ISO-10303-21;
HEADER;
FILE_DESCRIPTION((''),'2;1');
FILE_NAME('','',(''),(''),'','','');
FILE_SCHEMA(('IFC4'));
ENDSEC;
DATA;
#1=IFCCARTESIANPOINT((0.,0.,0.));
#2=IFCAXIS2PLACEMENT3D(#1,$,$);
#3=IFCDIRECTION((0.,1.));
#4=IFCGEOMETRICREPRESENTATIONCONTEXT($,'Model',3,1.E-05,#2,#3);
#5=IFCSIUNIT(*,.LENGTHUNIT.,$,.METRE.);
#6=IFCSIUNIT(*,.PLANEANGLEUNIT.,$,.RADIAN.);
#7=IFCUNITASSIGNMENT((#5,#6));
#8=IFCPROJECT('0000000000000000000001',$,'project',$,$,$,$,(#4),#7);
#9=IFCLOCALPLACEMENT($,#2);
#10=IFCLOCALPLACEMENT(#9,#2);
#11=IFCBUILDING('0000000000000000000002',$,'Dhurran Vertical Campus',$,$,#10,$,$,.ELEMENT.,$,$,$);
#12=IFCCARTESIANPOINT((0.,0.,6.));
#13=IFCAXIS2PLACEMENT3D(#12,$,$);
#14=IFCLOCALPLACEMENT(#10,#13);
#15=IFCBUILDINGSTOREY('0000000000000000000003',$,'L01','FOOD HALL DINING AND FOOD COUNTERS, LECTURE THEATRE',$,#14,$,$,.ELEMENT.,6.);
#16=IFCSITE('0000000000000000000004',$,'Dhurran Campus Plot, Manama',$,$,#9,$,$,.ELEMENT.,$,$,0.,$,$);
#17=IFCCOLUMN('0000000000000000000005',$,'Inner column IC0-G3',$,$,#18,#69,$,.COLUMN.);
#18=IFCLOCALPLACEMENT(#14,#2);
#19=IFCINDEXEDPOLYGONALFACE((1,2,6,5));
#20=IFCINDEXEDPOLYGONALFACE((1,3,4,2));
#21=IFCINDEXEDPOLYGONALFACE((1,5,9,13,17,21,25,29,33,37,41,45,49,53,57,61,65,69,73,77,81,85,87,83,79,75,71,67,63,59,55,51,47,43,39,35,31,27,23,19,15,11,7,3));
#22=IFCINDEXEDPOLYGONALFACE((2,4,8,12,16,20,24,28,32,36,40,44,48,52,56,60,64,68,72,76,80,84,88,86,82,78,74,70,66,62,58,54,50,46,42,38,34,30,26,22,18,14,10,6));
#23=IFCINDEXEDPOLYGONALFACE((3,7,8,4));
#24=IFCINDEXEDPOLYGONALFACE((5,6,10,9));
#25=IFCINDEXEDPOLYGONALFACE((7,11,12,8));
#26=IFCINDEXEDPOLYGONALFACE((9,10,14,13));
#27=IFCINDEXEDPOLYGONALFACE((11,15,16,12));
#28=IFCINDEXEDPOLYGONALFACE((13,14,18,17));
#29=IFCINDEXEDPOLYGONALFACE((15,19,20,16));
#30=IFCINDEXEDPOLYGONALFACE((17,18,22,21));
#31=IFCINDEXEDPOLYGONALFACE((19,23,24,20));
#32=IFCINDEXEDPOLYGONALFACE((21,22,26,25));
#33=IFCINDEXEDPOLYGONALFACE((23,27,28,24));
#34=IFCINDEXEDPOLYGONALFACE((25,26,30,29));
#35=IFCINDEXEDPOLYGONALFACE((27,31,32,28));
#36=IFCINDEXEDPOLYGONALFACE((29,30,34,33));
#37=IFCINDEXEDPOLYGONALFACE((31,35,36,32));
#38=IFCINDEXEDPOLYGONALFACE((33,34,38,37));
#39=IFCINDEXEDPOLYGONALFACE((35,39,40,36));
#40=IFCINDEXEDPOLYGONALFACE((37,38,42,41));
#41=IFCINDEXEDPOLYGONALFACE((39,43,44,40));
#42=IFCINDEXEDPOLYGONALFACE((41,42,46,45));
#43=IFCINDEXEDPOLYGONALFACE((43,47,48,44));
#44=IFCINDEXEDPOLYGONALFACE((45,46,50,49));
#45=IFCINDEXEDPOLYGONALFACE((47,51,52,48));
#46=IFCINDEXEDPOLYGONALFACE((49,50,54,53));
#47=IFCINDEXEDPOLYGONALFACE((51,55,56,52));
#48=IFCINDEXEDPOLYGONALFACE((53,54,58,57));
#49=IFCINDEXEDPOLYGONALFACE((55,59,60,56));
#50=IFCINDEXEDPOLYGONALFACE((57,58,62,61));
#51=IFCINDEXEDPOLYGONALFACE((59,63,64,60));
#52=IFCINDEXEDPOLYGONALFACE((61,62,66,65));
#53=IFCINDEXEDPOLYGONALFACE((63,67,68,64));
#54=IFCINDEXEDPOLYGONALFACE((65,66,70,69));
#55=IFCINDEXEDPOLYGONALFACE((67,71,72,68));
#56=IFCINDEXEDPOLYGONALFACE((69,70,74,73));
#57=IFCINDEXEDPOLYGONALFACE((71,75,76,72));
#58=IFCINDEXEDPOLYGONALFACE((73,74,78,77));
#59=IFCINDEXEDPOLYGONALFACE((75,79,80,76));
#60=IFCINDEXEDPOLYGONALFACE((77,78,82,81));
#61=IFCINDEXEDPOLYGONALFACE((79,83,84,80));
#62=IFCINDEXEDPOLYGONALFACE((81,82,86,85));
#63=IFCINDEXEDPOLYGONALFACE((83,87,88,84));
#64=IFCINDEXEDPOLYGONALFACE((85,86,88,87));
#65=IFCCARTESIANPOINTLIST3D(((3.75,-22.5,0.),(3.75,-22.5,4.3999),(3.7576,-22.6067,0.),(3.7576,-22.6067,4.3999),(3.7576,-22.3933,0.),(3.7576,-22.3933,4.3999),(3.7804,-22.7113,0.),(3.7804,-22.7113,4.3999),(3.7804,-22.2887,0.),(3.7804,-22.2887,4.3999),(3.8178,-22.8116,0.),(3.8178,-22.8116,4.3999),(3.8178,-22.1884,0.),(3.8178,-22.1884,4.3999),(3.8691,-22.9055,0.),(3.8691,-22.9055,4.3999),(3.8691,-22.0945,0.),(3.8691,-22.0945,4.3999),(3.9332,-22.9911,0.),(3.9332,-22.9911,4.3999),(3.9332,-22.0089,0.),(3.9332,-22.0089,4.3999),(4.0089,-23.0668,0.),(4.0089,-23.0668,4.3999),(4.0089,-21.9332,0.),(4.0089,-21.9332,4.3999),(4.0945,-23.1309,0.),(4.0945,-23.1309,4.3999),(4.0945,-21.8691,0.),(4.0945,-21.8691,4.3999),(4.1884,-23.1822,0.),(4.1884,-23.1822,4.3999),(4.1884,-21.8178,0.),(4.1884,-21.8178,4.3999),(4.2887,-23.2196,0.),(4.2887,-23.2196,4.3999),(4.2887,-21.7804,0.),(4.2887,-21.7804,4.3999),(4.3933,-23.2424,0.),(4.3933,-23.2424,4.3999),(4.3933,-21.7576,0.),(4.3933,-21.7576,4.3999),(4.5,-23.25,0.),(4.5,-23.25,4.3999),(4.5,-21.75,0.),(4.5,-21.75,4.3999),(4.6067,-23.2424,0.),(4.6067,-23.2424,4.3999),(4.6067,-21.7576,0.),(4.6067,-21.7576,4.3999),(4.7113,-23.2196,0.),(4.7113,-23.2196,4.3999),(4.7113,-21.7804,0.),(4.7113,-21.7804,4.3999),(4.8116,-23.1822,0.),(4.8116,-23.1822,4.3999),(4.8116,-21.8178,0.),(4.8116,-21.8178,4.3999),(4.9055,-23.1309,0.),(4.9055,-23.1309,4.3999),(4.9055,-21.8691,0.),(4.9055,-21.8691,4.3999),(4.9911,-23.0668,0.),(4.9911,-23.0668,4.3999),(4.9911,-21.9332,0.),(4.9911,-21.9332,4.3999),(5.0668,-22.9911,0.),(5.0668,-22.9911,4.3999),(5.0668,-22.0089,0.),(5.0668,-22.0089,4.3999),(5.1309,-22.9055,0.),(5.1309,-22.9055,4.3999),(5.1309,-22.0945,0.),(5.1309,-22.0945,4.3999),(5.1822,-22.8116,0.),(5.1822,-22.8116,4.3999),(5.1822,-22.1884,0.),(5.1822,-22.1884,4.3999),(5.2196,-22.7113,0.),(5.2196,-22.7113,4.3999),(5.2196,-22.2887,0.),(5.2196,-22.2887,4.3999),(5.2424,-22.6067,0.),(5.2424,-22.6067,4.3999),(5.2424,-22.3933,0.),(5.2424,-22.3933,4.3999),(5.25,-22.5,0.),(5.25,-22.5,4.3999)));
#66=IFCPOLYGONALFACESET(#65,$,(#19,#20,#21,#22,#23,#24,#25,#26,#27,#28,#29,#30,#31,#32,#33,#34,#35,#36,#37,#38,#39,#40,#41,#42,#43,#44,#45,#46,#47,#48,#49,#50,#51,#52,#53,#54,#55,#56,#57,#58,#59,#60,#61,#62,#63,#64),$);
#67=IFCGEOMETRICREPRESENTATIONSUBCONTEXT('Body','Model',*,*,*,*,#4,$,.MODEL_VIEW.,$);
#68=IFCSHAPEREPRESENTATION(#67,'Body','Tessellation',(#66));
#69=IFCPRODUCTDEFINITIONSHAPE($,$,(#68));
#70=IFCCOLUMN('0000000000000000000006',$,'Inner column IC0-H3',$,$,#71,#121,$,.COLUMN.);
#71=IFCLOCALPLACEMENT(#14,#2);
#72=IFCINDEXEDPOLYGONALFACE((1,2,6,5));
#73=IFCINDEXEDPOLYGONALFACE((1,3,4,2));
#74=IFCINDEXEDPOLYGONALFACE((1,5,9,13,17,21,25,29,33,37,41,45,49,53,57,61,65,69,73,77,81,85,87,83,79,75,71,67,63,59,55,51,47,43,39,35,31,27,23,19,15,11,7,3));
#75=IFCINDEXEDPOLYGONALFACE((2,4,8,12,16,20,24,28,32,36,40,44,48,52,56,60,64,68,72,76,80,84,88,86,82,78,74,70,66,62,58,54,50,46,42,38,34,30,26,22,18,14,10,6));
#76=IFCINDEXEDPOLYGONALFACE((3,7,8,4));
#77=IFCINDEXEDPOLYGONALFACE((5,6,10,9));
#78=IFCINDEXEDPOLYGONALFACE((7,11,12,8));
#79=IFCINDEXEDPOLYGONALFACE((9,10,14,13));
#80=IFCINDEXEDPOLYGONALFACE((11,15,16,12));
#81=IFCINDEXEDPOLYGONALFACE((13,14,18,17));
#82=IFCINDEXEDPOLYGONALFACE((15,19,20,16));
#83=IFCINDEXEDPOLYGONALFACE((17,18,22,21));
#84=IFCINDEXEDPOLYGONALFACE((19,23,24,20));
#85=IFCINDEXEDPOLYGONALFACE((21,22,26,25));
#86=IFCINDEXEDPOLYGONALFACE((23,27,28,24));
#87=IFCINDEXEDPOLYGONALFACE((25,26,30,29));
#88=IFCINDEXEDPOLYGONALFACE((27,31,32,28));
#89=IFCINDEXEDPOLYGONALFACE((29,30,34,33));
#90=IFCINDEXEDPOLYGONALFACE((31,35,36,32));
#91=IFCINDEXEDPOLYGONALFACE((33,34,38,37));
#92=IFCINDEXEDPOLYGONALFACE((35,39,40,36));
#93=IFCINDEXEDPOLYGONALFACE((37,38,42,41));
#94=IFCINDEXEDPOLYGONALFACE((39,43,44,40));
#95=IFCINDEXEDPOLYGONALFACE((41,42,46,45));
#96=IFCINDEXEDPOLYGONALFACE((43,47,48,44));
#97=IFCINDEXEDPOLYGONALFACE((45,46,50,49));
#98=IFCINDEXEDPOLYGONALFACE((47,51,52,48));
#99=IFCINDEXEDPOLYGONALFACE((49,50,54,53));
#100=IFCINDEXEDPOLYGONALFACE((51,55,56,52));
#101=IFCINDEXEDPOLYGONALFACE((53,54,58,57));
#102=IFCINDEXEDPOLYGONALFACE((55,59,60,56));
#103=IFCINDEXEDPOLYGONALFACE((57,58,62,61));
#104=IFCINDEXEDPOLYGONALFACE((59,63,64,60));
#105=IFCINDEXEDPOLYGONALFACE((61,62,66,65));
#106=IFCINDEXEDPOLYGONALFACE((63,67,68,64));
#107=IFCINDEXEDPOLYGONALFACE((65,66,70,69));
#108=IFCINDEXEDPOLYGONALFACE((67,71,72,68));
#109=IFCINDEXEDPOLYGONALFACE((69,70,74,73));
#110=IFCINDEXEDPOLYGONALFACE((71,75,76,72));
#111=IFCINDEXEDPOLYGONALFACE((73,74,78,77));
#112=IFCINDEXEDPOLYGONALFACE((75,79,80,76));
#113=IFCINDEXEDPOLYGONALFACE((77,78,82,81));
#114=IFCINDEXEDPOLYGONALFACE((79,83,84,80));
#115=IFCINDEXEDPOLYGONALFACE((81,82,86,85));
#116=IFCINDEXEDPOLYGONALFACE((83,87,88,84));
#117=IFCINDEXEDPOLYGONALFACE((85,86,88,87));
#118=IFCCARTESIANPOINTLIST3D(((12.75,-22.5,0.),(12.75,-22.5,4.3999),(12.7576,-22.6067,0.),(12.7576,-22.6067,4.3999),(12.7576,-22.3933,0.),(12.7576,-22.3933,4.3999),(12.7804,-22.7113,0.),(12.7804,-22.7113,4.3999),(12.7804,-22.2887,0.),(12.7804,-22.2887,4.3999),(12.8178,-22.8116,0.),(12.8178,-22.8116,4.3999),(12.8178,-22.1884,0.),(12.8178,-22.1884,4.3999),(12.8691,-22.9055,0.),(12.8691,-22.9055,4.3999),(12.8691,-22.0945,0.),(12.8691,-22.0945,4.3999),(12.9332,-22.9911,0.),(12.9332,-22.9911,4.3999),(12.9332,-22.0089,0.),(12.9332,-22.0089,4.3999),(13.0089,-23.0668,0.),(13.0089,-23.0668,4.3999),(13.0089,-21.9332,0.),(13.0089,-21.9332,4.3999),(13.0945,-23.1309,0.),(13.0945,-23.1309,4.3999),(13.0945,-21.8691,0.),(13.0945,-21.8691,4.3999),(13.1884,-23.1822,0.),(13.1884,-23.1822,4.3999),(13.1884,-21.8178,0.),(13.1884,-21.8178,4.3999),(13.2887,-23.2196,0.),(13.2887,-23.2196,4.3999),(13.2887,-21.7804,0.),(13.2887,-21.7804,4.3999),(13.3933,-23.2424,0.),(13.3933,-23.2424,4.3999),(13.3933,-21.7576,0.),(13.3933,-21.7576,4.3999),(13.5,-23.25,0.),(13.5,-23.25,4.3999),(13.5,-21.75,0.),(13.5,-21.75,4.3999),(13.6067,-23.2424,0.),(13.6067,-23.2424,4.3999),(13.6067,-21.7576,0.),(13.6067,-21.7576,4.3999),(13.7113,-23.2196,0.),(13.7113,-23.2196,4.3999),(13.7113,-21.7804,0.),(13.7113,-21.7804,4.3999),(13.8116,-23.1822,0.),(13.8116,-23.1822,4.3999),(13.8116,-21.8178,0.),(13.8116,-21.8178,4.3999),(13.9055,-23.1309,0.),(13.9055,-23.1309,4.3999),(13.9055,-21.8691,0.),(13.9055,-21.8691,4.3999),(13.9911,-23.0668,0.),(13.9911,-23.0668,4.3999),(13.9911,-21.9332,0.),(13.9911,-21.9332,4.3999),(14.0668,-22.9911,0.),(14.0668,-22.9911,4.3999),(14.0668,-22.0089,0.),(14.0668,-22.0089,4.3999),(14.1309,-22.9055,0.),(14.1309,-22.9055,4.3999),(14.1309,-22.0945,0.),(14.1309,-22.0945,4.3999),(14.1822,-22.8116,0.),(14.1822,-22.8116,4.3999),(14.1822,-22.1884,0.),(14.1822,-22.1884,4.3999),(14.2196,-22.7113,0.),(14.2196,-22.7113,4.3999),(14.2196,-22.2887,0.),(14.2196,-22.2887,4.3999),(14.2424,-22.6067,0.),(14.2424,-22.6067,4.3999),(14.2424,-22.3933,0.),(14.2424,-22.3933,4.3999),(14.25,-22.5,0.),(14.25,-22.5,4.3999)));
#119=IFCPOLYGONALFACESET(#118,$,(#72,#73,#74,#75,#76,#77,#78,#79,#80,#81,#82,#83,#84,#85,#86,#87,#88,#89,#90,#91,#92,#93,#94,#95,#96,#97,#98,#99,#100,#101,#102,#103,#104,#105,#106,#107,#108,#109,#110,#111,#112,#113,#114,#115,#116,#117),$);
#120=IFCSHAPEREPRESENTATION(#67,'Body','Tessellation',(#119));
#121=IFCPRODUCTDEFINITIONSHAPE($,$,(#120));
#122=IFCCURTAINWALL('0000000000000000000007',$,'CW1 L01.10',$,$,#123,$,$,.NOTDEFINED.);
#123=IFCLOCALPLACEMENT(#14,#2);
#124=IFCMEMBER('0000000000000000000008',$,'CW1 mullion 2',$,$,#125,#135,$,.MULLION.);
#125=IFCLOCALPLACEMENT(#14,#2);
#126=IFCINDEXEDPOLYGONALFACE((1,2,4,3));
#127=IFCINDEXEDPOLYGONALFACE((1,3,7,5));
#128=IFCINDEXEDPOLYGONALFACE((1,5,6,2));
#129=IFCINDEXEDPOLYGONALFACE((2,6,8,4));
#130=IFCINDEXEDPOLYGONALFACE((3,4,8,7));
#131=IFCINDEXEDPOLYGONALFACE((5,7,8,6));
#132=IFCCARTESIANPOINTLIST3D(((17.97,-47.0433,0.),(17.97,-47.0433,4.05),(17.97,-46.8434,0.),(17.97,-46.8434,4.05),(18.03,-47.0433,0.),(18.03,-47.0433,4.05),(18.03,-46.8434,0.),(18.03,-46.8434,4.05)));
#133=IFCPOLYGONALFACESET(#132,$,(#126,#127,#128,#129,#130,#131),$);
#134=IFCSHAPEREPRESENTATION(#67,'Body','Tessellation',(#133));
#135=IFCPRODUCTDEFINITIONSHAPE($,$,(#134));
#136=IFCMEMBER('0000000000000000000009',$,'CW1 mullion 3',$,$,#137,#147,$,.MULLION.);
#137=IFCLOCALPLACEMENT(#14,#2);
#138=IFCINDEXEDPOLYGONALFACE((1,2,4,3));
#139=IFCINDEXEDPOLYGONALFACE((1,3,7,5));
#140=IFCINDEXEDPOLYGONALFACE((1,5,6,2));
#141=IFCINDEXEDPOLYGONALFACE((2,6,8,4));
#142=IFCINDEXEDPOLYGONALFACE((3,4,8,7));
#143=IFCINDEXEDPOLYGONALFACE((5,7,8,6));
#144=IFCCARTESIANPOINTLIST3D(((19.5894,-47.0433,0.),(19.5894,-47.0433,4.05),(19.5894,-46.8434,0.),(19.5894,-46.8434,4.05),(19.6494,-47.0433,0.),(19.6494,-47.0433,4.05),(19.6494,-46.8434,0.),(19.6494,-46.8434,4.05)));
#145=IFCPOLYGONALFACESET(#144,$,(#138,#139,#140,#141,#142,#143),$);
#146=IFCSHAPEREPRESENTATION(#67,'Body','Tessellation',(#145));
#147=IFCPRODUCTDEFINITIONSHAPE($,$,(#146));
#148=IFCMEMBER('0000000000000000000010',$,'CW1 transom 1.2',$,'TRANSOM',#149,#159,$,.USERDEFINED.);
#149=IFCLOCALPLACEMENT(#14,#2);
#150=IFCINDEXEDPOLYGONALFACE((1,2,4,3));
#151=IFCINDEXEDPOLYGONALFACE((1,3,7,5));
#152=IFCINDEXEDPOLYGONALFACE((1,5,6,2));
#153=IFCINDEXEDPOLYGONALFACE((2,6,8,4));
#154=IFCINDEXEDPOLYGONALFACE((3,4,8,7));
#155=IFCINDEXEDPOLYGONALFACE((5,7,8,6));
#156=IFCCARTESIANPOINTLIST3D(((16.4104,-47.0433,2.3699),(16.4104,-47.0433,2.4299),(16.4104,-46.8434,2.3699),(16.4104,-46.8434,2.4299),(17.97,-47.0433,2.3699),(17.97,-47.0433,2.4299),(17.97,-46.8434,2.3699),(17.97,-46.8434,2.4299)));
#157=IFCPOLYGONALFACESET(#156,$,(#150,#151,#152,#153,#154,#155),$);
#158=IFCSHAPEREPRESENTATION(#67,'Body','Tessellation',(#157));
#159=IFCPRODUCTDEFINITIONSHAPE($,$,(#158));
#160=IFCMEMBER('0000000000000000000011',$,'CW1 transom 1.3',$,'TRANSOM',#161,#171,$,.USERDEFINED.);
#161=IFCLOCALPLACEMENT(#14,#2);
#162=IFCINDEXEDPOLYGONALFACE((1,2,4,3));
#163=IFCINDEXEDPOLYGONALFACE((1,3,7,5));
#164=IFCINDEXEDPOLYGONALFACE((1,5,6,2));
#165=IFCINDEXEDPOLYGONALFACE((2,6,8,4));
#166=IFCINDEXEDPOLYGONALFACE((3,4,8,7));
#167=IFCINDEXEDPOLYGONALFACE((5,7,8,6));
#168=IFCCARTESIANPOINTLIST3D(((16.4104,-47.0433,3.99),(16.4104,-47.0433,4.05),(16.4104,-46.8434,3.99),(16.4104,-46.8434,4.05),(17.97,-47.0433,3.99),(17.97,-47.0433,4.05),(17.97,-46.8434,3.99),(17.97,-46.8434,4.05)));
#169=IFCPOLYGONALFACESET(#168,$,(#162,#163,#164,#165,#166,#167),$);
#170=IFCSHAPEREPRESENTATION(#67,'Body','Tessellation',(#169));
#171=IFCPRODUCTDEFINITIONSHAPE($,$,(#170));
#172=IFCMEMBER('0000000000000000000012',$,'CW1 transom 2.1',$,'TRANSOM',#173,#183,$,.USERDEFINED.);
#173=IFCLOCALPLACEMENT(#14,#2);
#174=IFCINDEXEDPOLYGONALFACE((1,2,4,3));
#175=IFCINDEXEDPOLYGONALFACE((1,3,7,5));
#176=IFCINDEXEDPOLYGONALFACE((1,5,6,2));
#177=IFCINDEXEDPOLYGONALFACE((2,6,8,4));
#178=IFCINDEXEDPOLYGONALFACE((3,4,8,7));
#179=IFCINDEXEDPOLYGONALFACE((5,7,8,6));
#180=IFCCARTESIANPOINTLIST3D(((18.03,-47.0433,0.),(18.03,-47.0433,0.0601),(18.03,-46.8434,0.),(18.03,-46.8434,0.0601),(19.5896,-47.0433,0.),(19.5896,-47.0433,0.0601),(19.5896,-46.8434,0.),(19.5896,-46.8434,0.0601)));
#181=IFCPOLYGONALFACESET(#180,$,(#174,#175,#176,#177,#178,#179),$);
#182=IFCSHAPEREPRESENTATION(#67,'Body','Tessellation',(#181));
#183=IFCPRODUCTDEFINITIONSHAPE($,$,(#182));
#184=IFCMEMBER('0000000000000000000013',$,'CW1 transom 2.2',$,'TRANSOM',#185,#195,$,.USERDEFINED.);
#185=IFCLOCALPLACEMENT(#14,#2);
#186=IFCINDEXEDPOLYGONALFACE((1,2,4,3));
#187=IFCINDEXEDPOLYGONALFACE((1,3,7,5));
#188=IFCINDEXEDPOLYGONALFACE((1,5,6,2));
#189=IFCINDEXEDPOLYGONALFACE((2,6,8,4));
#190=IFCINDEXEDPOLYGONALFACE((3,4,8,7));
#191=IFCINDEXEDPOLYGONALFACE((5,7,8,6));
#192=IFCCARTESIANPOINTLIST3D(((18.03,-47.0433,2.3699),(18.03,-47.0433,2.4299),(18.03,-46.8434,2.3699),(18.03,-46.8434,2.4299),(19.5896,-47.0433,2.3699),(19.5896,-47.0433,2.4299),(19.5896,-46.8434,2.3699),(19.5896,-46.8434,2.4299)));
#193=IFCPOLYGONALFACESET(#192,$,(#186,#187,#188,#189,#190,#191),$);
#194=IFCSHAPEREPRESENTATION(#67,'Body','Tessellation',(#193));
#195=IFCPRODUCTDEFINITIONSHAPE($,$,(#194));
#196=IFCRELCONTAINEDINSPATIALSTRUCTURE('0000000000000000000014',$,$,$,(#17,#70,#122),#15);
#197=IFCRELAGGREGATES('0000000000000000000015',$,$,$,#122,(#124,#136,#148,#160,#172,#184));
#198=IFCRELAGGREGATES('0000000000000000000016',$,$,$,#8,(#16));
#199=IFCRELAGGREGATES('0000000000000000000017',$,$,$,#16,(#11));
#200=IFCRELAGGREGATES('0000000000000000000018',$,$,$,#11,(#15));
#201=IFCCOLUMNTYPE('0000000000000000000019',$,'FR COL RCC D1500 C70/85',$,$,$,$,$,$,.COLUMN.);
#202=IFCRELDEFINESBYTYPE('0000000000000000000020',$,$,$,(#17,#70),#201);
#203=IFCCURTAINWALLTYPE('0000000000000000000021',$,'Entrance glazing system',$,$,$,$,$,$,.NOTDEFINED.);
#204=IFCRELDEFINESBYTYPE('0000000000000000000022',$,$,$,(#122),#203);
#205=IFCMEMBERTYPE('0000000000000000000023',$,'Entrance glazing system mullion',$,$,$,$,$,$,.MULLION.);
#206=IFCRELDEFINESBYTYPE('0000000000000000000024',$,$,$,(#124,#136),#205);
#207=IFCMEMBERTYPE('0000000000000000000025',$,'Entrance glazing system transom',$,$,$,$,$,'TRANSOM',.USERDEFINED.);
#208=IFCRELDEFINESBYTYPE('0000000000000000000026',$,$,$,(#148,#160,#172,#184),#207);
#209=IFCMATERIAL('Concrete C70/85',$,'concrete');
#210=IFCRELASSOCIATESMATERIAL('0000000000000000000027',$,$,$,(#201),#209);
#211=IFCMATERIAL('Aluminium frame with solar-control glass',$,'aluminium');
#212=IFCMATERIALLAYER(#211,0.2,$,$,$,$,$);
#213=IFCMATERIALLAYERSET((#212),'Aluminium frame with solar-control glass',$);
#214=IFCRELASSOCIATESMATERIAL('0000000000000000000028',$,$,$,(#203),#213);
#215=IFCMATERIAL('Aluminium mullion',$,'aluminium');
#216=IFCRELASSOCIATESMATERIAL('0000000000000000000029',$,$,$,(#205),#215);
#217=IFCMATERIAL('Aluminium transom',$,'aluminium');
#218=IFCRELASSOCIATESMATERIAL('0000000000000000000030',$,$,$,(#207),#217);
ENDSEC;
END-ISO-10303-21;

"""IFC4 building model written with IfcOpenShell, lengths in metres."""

from ifc_helpers import new_model, si_unit, direction, frame, origin, origin_2d, place, context, subcontext, project, spatial, rectangle, circle, extrude, material, layer, layer_set, material_profile, profile_set, type_object, element, aggregate, save


model = new_model("IFC4")

# Units and contexts
model_context = context("Model", 3, precision=1e-05, world=origin(), true_north=direction((0.0, 1.0)))
body_context = subcontext(model_context, "Body", "Model", "MODEL_VIEW")
ifc_project = project(units=[si_unit("LENGTHUNIT", "METRE"), si_unit("PLANEANGLEUNIT", "RADIAN")], contexts=[model_context])

# Site, building, storey
site_placement = place(None, origin())
site = spatial("IfcSite", under=ifc_project, at=site_placement, Name="Dhurran Campus Plot, Manama", CompositionType="ELEMENT", RefElevation=0.0)
building_placement = place(site_placement, origin())
building = spatial("IfcBuilding", under=site, at=building_placement, Name="Dhurran Vertical Campus", CompositionType="ELEMENT")
storey_placement = place(building_placement, frame((0.0, 0.0, 6.0)))
storey = spatial("IfcBuildingStorey", under=building, at=storey_placement, Name="L01", Description="FOOD HALL DINING AND FOOD COUNTERS, LECTURE THEATRE", CompositionType="ELEMENT", Elevation=6.0)

# Columns
ifc_material_1 = material(Name="Concrete C70/85", Category="concrete")
ifc_material_profile_1 = material_profile(ifc_material_1, circle(Radius=0.75, at=origin_2d()), Name="RCC D1500")
ifc_profile_set_1 = profile_set([ifc_material_profile_1], Name="Concrete C70/85")
column_type_1 = type_object("IfcColumnType", Name="FR COL RCC D1500 C70/85", PredefinedType="COLUMN", material=ifc_profile_set_1)
for number, where, z_axis, x_axis, name in (
    (1, (4.5, -22.5, 0.0), (0.0, 0.0, 1.0), (1.0, 0.0, 0.0), "Inner column IC0-G3"),
    (2, (13.5, -22.5, 0.0), (0.0, 0.0, 1.0), (1.0, 0.0, 0.0), "Inner column IC0-H3"),
):
    element("IfcColumn", number, at=place(storey_placement, frame(where, z_axis=z_axis, x_axis=x_axis)), inside=storey, type_object=column_type_1, Name=name, PredefinedType="COLUMN", context=body_context, shape_type="SweptSolid", body=[
        extrude(circle(Radius=0.75, at=origin_2d()), origin(), (0.0, 0.0, 1.0), 4.3999),
    ])

# Curtain wall, members
ifc_material_2 = material(Name="Aluminium frame with solar-control glass", Category="aluminium")
ifc_layer_1 = layer(ifc_material_2, 0.2)
ifc_layer_set_1 = layer_set([ifc_layer_1], Name="Aluminium frame with solar-control glass")
curtain_wall_type = type_object("IfcCurtainWallType", Name="Entrance glazing system", PredefinedType="NOTDEFINED", material=ifc_layer_set_1)
curtain_wall_placement = place(storey_placement, origin())
curtain_wall = element("IfcCurtainWall", 3, at=curtain_wall_placement, inside=storey, type_object=curtain_wall_type, Name="CW1 L01.10", PredefinedType="NOTDEFINED")
ifc_material_3 = material(Name="Aluminium mullion", Category="aluminium")
ifc_material_profile_2 = material_profile(ifc_material_3, rectangle(XDim=0.2, YDim=0.0601, at=origin_2d()), Name="Entrance glazing system mullion")
ifc_profile_set_2 = profile_set([ifc_material_profile_2], Name="Aluminium mullion")
member_type_1 = type_object("IfcMemberType", Name="Entrance glazing system mullion", PredefinedType="MULLION", material=ifc_profile_set_2)
member_1_placement = place(storey_placement, frame((18.0, -46.9434, 0.0), z_axis=(0.0, 0.0, 1.0), x_axis=(0.0, 1.0, 0.0)))
member_1 = element("IfcMember", 4, at=member_1_placement, type_object=member_type_1, Name="CW1 mullion 2", PredefinedType="MULLION", context=body_context, shape_type="SweptSolid", body=[
    extrude(rectangle(XDim=0.2, YDim=0.0601, at=origin_2d()), origin(), (0.0, 0.0, 1.0), 4.05),
])
member_2_placement = place(storey_placement, frame((19.6194, -46.9434, 0.0), z_axis=(0.0, 0.0, 1.0), x_axis=(0.0, 1.0, 0.0)))
member_2 = element("IfcMember", 5, at=member_2_placement, type_object=member_type_1, Name="CW1 mullion 3", PredefinedType="MULLION", context=body_context, shape_type="SweptSolid", body=[
    extrude(rectangle(XDim=0.2, YDim=0.0601, at=origin_2d()), origin(), (0.0, 0.0, 1.0), 4.05),
])
ifc_material_4 = material(Name="Aluminium transom", Category="aluminium")
ifc_material_profile_3 = material_profile(ifc_material_4, rectangle(XDim=0.2, YDim=0.0601, at=origin_2d()), Name="Entrance glazing system transom")
ifc_profile_set_3 = profile_set([ifc_material_profile_3], Name="Aluminium transom")
member_type_2 = type_object("IfcMemberType", Name="Entrance glazing system transom", ElementType="TRANSOM", PredefinedType="USERDEFINED", material=ifc_profile_set_3)
member_3_placement = place(storey_placement, frame((16.4104, -46.9434, 2.3999), z_axis=(1.0, 0.0, 0.0), x_axis=(0.0, 1.0, 0.0)))
member_3 = element("IfcMember", 6, at=member_3_placement, type_object=member_type_2, Name="CW1 transom 1.2", ObjectType="TRANSOM", PredefinedType="USERDEFINED", context=body_context, shape_type="SweptSolid", body=[
    extrude(rectangle(XDim=0.2, YDim=0.0601, at=origin_2d()), origin(), (0.0, 0.0, 1.0), 1.5596),
])
member_4_placement = place(storey_placement, frame((16.4104, -46.9434, 4.02), z_axis=(1.0, 0.0, 0.0), x_axis=(0.0, 1.0, 0.0)))
member_4 = element("IfcMember", 7, at=member_4_placement, type_object=member_type_2, Name="CW1 transom 1.3", ObjectType="TRANSOM", PredefinedType="USERDEFINED", context=body_context, shape_type="SweptSolid", body=[
    extrude(rectangle(XDim=0.2, YDim=0.0601, at=origin_2d()), origin(), (0.0, 0.0, 1.0), 1.5596),
])
member_5_placement = place(storey_placement, frame((18.03, -46.9434, 0.03), z_axis=(1.0, 0.0, 0.0), x_axis=(0.0, 1.0, 0.0)))
member_5 = element("IfcMember", 8, at=member_5_placement, type_object=member_type_2, Name="CW1 transom 2.1", ObjectType="TRANSOM", PredefinedType="USERDEFINED", context=body_context, shape_type="SweptSolid", body=[
    extrude(rectangle(XDim=0.2, YDim=0.0601, at=origin_2d()), origin(), (0.0, 0.0, 1.0), 1.5596),
])
member_6_placement = place(storey_placement, frame((18.03, -46.9434, 2.3999), z_axis=(1.0, 0.0, 0.0), x_axis=(0.0, 1.0, 0.0)))
member_6 = element("IfcMember", 9, at=member_6_placement, type_object=member_type_2, Name="CW1 transom 2.2", ObjectType="TRANSOM", PredefinedType="USERDEFINED", context=body_context, shape_type="SweptSolid", body=[
    extrude(rectangle(XDim=0.2, YDim=0.0601, at=origin_2d()), origin(), (0.0, 0.0, 1.0), 1.5596),
])
aggregate(curtain_wall, [member_1, member_2, member_3, member_4, member_5, member_6])

save(model, "model.ifc")
